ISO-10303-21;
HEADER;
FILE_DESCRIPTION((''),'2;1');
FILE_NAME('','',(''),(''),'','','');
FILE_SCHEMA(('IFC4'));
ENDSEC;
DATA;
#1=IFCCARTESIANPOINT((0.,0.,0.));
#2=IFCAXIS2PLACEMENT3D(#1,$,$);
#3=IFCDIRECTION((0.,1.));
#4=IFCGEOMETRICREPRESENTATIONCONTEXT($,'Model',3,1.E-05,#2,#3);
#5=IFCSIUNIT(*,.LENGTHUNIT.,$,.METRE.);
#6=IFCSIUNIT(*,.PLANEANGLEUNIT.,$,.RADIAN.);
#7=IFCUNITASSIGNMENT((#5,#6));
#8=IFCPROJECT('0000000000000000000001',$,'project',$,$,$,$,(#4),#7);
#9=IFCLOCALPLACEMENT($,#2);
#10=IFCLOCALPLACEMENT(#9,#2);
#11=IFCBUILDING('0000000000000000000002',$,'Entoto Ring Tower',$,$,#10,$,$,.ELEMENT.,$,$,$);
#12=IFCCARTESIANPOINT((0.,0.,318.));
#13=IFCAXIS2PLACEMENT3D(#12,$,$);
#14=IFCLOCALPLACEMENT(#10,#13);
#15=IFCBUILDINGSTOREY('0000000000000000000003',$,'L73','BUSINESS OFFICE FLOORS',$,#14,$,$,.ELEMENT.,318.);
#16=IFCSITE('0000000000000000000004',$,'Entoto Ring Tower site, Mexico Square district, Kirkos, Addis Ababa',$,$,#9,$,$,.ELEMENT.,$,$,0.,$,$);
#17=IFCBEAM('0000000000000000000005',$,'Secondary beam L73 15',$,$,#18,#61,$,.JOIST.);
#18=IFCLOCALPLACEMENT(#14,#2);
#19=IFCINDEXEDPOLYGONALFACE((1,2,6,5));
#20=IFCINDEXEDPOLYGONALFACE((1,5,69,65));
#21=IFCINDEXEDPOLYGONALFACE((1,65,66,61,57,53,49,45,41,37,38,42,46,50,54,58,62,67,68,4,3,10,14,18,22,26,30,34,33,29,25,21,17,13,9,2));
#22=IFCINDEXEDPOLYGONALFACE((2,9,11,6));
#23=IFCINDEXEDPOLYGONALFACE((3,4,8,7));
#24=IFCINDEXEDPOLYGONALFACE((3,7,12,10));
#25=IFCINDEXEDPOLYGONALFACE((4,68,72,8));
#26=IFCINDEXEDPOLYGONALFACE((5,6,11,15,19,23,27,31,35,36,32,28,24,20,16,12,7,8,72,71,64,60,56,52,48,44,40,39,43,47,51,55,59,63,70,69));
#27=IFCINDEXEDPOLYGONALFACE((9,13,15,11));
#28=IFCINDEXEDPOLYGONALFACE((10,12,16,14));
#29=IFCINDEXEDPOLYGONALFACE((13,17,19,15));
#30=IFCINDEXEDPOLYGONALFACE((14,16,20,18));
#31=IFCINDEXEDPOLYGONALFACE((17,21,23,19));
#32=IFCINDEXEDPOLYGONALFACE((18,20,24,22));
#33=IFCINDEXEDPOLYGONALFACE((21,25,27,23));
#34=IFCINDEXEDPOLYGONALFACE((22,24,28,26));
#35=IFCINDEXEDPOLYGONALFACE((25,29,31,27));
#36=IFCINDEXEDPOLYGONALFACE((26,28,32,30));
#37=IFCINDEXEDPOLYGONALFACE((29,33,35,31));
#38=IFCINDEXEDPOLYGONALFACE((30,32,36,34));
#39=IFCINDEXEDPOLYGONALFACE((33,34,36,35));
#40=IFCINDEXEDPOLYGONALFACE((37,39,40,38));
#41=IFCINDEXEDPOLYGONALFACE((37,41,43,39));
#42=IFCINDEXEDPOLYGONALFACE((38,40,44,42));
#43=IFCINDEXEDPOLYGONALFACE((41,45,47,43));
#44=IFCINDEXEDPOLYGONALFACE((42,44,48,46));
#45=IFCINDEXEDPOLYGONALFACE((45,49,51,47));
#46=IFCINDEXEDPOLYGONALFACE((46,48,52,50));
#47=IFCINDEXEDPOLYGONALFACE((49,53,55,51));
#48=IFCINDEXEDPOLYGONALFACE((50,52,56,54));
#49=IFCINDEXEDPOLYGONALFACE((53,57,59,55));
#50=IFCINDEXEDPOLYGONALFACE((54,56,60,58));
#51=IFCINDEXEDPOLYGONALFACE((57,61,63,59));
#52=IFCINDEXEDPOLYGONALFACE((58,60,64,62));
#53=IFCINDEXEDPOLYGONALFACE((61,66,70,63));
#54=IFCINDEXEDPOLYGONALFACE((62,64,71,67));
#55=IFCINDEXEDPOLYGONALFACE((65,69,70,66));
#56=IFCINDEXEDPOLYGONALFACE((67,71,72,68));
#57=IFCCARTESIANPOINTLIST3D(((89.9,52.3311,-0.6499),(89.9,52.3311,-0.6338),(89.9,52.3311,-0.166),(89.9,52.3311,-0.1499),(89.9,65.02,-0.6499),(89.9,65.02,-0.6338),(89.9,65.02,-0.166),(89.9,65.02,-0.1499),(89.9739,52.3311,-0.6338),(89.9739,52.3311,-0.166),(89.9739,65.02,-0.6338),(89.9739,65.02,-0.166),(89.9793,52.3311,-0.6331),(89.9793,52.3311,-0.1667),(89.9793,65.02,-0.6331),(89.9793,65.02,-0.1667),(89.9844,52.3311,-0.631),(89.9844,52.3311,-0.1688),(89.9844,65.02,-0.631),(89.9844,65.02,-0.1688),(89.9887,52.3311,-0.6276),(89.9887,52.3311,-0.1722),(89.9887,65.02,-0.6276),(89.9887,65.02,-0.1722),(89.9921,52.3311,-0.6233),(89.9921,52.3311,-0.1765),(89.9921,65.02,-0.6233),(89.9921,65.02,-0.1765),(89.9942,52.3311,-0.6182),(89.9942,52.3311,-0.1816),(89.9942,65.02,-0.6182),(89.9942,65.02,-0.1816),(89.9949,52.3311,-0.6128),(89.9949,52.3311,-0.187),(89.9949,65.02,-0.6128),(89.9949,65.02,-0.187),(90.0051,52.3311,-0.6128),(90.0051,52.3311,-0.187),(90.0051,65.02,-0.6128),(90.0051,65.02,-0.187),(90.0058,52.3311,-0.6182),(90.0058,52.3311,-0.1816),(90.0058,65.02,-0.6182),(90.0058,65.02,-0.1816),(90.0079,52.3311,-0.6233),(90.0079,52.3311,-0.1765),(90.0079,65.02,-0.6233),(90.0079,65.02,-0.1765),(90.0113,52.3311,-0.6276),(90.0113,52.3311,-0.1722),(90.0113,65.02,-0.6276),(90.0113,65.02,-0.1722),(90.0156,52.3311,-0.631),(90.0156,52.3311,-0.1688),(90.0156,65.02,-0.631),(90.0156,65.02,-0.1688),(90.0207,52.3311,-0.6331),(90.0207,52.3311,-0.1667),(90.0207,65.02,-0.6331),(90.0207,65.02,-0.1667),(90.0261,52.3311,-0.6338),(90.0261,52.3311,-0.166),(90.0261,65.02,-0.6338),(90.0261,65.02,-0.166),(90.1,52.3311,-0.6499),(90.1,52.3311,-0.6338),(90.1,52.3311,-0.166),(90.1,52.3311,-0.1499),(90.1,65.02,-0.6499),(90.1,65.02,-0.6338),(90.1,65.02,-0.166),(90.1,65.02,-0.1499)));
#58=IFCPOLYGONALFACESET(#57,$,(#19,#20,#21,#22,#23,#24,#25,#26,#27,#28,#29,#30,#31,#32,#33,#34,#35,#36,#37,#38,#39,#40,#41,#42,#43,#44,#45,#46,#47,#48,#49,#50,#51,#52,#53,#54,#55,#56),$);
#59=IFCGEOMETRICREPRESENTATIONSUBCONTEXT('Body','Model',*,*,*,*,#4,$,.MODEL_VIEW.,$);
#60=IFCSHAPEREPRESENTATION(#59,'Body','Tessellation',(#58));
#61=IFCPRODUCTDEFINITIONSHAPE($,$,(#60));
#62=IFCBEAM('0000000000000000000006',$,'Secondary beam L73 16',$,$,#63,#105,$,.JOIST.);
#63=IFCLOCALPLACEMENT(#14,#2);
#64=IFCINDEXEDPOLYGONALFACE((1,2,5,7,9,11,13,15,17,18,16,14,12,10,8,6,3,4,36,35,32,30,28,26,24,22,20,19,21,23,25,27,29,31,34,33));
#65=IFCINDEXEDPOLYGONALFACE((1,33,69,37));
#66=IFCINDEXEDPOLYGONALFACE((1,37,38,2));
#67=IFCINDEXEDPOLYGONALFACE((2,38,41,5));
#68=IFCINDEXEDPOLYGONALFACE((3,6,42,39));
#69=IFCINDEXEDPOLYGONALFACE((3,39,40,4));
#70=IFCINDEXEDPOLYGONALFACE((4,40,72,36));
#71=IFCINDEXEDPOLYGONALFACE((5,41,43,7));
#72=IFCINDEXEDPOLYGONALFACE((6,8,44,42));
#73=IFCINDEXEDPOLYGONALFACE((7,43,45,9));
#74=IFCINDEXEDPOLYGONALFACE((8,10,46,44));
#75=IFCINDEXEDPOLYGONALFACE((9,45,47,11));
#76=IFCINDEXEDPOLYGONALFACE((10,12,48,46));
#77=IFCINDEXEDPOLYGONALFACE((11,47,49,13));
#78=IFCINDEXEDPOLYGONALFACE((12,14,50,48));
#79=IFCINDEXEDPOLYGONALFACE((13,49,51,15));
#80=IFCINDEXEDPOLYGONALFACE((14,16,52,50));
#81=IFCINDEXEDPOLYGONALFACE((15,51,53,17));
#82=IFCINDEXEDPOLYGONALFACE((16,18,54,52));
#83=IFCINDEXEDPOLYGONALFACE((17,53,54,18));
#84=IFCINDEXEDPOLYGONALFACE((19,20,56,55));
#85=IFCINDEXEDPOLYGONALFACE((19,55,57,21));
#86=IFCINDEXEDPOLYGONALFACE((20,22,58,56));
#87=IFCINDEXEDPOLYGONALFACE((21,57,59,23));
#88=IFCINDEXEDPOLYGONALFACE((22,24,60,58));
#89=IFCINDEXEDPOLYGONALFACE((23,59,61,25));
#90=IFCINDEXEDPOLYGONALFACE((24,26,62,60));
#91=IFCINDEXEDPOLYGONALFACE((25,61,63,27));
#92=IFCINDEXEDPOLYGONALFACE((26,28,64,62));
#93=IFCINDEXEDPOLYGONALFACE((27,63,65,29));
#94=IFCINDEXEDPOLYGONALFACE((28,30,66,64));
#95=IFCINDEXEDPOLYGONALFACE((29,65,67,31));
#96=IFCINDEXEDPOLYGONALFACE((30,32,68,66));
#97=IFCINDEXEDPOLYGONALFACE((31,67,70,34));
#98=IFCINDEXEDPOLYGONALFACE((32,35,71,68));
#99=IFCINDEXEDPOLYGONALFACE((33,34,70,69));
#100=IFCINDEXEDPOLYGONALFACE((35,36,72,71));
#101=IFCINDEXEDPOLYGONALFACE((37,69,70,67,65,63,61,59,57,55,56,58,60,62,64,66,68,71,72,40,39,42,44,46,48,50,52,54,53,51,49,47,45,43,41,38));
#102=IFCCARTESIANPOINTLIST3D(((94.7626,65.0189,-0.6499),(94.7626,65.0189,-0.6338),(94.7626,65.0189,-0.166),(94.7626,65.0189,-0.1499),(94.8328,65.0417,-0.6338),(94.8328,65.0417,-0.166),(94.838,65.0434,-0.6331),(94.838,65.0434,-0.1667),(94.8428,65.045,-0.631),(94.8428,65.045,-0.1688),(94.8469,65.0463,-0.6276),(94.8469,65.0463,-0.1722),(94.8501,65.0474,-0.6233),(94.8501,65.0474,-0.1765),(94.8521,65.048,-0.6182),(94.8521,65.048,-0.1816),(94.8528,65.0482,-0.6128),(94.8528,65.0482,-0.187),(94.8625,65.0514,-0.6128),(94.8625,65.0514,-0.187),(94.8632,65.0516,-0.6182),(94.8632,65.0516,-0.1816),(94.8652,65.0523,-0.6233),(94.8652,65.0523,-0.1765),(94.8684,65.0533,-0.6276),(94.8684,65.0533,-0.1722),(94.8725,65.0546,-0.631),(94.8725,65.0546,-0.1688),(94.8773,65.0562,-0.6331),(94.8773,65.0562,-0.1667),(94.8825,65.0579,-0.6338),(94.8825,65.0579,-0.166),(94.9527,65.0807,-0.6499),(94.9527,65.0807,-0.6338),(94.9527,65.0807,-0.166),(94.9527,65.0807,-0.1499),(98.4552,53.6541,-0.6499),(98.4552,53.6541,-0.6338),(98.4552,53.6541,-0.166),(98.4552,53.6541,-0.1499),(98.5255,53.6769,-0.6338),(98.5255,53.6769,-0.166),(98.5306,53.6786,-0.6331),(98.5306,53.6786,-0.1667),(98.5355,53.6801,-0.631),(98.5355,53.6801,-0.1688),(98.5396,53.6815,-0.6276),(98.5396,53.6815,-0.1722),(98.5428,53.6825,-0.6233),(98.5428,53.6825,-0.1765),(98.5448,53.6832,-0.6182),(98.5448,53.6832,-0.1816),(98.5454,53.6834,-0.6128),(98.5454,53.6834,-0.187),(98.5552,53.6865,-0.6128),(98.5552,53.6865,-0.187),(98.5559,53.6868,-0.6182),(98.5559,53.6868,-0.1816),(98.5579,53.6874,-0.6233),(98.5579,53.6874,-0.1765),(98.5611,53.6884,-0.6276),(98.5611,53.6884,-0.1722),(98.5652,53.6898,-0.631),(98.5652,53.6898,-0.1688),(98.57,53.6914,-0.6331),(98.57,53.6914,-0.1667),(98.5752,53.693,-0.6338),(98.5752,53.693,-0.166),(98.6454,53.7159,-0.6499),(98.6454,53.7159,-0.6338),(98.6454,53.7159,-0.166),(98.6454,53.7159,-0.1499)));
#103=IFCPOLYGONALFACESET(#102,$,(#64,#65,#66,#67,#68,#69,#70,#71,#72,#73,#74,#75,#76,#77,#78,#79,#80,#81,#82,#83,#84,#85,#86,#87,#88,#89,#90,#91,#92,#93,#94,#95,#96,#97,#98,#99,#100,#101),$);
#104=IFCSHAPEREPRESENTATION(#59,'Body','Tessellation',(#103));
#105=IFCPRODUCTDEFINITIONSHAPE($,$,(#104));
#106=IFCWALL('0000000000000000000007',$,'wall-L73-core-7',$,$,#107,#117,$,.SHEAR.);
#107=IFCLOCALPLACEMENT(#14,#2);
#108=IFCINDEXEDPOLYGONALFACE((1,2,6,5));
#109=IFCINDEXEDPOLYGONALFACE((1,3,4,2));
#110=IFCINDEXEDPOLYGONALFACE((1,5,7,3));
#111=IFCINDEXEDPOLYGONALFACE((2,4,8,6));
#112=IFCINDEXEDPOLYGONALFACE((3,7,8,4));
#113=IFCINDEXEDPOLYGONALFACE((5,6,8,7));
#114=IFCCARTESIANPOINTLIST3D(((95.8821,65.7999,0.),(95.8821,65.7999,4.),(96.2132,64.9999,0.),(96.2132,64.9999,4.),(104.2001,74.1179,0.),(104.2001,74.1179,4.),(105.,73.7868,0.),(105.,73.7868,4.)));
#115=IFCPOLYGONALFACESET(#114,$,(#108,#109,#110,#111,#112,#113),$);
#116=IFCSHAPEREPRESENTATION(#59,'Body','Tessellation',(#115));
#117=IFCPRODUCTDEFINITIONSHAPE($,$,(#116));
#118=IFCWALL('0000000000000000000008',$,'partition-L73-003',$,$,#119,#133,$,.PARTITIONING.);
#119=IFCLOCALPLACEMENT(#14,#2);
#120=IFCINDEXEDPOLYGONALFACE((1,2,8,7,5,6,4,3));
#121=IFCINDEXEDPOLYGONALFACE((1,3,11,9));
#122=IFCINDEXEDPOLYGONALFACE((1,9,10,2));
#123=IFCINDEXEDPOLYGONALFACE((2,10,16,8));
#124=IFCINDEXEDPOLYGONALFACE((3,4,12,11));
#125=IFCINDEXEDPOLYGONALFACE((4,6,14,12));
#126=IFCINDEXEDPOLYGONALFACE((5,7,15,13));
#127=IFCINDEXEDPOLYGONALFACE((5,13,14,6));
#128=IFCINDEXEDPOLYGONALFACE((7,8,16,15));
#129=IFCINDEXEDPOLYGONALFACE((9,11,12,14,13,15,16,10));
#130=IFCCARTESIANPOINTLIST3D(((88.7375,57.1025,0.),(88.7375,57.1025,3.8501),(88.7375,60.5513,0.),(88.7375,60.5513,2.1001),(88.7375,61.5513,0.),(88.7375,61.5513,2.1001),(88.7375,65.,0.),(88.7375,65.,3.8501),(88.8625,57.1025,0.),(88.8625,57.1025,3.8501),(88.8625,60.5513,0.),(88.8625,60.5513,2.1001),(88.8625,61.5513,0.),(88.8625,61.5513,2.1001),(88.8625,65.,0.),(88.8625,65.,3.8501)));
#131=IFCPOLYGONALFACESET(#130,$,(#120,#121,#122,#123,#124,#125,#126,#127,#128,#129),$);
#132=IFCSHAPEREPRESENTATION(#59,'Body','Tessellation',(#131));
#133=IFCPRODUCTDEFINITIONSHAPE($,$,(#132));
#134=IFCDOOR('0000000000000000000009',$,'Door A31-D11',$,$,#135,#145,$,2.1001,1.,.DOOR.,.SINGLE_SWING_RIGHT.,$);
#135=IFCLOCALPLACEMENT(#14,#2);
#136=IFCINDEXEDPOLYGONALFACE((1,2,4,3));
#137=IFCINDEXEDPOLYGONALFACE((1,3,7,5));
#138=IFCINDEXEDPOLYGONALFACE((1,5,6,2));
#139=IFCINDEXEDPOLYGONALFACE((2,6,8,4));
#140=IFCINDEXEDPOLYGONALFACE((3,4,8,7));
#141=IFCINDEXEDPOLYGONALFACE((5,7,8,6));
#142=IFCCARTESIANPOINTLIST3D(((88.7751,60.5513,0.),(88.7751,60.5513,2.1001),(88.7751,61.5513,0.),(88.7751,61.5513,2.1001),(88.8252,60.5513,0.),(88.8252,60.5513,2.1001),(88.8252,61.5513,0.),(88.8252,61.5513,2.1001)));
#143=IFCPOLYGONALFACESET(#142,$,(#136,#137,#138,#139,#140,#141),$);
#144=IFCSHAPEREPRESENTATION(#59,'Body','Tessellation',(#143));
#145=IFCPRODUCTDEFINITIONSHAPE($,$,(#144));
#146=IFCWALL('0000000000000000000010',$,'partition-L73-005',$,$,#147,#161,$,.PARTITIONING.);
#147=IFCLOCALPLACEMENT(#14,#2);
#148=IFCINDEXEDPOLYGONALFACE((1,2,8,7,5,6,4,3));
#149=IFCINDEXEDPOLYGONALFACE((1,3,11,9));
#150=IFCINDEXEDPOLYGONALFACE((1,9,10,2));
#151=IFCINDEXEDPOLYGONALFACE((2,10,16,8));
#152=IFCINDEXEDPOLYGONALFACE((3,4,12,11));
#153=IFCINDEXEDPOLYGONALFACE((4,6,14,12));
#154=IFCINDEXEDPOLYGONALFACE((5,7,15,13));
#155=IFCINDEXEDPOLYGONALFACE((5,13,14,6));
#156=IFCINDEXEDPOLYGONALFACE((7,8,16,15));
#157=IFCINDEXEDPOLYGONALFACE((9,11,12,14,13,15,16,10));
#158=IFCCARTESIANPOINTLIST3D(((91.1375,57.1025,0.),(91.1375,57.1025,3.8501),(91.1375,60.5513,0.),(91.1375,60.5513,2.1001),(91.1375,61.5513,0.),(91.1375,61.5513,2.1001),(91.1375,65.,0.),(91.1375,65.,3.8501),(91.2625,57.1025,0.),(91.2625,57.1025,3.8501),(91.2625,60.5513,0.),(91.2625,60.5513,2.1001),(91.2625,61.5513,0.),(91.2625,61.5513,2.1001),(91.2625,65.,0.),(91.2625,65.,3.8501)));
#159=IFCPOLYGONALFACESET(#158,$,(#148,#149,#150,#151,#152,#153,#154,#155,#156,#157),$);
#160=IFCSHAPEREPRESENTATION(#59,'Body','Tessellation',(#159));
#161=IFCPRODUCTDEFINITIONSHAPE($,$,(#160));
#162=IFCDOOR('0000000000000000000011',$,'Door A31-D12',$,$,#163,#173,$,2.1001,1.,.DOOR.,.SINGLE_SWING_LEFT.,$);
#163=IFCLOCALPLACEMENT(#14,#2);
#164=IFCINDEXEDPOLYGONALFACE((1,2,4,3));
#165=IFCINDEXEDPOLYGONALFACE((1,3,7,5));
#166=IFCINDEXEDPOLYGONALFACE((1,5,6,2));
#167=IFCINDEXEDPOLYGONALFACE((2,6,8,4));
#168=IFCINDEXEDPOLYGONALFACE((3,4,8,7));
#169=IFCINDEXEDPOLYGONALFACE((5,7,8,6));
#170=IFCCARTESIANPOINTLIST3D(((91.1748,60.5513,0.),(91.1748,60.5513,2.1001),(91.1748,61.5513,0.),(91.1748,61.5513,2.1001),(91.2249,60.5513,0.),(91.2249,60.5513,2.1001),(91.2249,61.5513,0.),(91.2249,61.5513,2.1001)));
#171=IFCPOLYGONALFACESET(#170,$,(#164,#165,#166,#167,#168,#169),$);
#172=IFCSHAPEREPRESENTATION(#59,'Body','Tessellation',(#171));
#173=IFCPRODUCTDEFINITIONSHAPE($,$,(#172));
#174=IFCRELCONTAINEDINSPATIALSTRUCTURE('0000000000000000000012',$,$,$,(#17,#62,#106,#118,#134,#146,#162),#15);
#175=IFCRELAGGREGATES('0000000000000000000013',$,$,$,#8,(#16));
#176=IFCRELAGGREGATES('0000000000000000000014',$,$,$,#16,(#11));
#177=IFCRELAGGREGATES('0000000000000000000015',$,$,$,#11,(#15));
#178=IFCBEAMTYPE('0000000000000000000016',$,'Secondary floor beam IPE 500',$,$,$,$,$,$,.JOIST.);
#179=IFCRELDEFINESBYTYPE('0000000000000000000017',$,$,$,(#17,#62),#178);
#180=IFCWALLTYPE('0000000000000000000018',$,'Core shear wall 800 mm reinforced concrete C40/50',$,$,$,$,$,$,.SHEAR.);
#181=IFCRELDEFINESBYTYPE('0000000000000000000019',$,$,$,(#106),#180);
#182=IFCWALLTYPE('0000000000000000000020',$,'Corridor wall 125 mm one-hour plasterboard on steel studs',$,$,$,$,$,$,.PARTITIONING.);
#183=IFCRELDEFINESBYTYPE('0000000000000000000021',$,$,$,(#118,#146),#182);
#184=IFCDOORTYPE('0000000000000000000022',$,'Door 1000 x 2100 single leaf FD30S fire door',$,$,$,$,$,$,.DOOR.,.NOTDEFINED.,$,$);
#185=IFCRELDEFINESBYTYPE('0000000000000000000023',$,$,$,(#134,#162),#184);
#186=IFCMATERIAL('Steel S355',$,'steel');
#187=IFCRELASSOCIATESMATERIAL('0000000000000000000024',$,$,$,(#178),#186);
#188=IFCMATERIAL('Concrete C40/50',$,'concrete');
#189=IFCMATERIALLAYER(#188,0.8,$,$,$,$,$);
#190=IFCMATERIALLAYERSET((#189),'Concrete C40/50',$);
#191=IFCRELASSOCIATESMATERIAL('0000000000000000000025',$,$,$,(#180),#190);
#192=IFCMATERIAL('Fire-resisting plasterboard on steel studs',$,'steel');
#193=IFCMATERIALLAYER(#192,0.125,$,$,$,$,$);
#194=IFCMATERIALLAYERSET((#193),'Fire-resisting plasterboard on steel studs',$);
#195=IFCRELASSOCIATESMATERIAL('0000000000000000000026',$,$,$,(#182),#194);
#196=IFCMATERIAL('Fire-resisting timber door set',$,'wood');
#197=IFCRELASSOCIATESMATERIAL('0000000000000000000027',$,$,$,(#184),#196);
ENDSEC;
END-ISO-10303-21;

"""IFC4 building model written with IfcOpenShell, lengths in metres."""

from ifc_helpers import new_model, si_unit, direction, frame, frame_2d, origin, origin_2d, place, context, subcontext, project, spatial, polyline, rectangle, i_section, outline, extrude, material, layer, layer_set, material_profile, profile_set, type_object, element, fill, save


model = new_model("IFC4")

# Units and contexts
model_context = context("Model", 3, precision=1e-05, world=origin(), true_north=direction((0.0, 1.0)))
body_context = subcontext(model_context, "Body", "Model", "MODEL_VIEW")
ifc_project = project(units=[si_unit("LENGTHUNIT", "METRE"), si_unit("PLANEANGLEUNIT", "RADIAN")], contexts=[model_context])

# Site, building, storey
site_placement = place(None, origin())
site = spatial("IfcSite", under=ifc_project, at=site_placement, Name="Entoto Ring Tower site, Mexico Square district, Kirkos, Addis Ababa", CompositionType="ELEMENT", RefElevation=0.0)
building_placement = place(site_placement, origin())
building = spatial("IfcBuilding", under=site, at=building_placement, Name="Entoto Ring Tower", CompositionType="ELEMENT")
storey_placement = place(building_placement, frame((0.0, 0.0, 318.0)))
storey = spatial("IfcBuildingStorey", under=building, at=storey_placement, Name="L73", Description="BUSINESS OFFICE FLOORS", CompositionType="ELEMENT", Elevation=318.0)

# Beams
ifc_material_1 = material(Name="Steel S355", Category="steel")
ifc_material_profile_1 = material_profile(ifc_material_1, i_section(OverallWidth=0.2, OverallDepth=0.5, WebThickness=0.0103, FlangeThickness=0.0161, FilletRadius=0.021, at=origin_2d()), Name="IPE 500")
ifc_profile_set_1 = profile_set([ifc_material_profile_1], Name="Steel S355")
beam_type_1 = type_object("IfcBeamType", Name="Secondary floor beam IPE 500", PredefinedType="JOIST", material=ifc_profile_set_1)
beam_1_placement = place(storey_placement, frame((90.0, 65.02, -0.3999), z_axis=(0.0, -1.0, 0.0), x_axis=(1.0, 0.0, 0.0)))
element("IfcBeam", 1, at=beam_1_placement, inside=storey, type_object=beam_type_1, Name="Secondary beam L73 15", PredefinedType="JOIST", context=body_context, shape_type="SweptSolid", body=[
    extrude(i_section(OverallWidth=0.2, OverallDepth=0.5, WebThickness=0.0103, FlangeThickness=0.0161, FilletRadius=0.021, at=origin_2d()), origin(), (0.0, 0.0, 1.0), 12.689),
])
beam_2_placement = place(storey_placement, frame((94.8577, 65.0498, -0.3999), z_axis=(0.309017, -0.951057, 0.0), x_axis=(0.951057, 0.309017, 0.0)))
element("IfcBeam", 2, at=beam_2_placement, inside=storey, type_object=beam_type_1, Name="Secondary beam L73 16", PredefinedType="JOIST", context=body_context, shape_type="SweptSolid", body=[
    extrude(i_section(OverallWidth=0.2, OverallDepth=0.5, WebThickness=0.0103, FlangeThickness=0.0161, FilletRadius=0.021, at=origin_2d()), origin(), (0.0, 0.0, 1.0), 11.9497),
])

# Wall
ifc_material_2 = material(Name="Concrete C40/50", Category="concrete")
ifc_layer_1 = layer(ifc_material_2, 0.8)
ifc_layer_set_1 = layer_set([ifc_layer_1], Name="Concrete C40/50")
wall_type_1 = type_object("IfcWallType", Name="Core shear wall 800 mm reinforced concrete C40/50", PredefinedType="SHEAR", material=ifc_layer_set_1)
wall_1_placement = place(storey_placement, frame((96.0476, 65.3999, 0.0), z_axis=(0.0, 0.0, 1.0), x_axis=(0.707107, 0.707107, 0.0)))
element("IfcWall", 3, at=wall_1_placement, inside=storey, type_object=wall_type_1, Name="wall-L73-core-7", PredefinedType="SHEAR", context=body_context, shape_type="SweptSolid", body=[
    extrude(outline(polyline([(-0.1658, -0.3999), (12.2607, -0.3999), (11.9292, 0.3999), (0.1658, 0.3999), (-0.1658, -0.3999)])), origin(), (0.0, 0.0, 1.0), 4.0),
])

# Walls, openings, doors
ifc_material_3 = material(Name="Fire-resisting plasterboard on steel studs", Category="steel")
ifc_layer_2 = layer(ifc_material_3, 0.125)
ifc_layer_set_2 = layer_set([ifc_layer_2], Name="Fire-resisting plasterboard on steel studs")
wall_type_2 = type_object("IfcWallType", Name="Corridor wall 125 mm one-hour plasterboard on steel studs", PredefinedType="PARTITIONING", material=ifc_layer_set_2)
wall_2_placement = place(storey_placement, frame((88.8, 57.1025, 0.0), z_axis=(0.0, 0.0, 1.0), x_axis=(0.0, 1.0, 0.0)))
wall_2 = element("IfcWall", 4, at=wall_2_placement, inside=storey, type_object=wall_type_2, Name="partition-L73-003", PredefinedType="PARTITIONING", context=body_context, shape_type="SweptSolid", body=[
    extrude(rectangle(XDim=7.8975, YDim=0.125, at=frame_2d((3.9487, 0.0))), origin(), (0.0, 0.0, 1.0), 3.8501),
])
opening_1_placement = place(wall_2_placement, frame((3.4487, 0.0, 0.0)))
opening_1 = element("IfcOpeningElement", 5, at=opening_1_placement, cuts=wall_2, PredefinedType="OPENING", context=body_context, shape_type="SweptSolid", body=[
    extrude(rectangle(XDim=1.0, YDim=2.1001, at=frame_2d((0.5, 1.05))), frame((0.0, 0.0725, 0.0), z_axis=(0.0, -1.0, 0.0), x_axis=(1.0, 0.0, 0.0)), (0.0, 0.0, 1.0), 0.145),
])
ifc_material_4 = material(Name="Fire-resisting timber door set", Category="wood")
door_type = type_object("IfcDoorType", Name="Door 1000 x 2100 single leaf FD30S fire door", OperationType="NOTDEFINED", PredefinedType="DOOR", material=ifc_material_4)
door_1_placement = place(opening_1_placement, origin())
door_1 = element("IfcDoor", 6, at=door_1_placement, inside=storey, type_object=door_type, Name="Door A31-D11", OperationType="SINGLE_SWING_RIGHT", OverallHeight=2.1001, OverallWidth=1.0, PredefinedType="DOOR", context=body_context, shape_type="SweptSolid", body=[
    extrude(rectangle(XDim=1.0, YDim=2.1001, at=frame_2d((0.5, 1.05))), frame((0.0, 0.0249, 0.0), z_axis=(0.0, -1.0, 0.0), x_axis=(1.0, 0.0, 0.0)), (0.0, 0.0, 1.0), 0.05),
])
fill(opening_1, door_1)
wall_3_placement = place(storey_placement, frame((91.2, 57.1025, 0.0), z_axis=(0.0, 0.0, 1.0), x_axis=(0.0, 1.0, 0.0)))
wall_3 = element("IfcWall", 7, at=wall_3_placement, inside=storey, type_object=wall_type_2, Name="partition-L73-005", PredefinedType="PARTITIONING", context=body_context, shape_type="SweptSolid", body=[
    extrude(rectangle(XDim=7.8975, YDim=0.125, at=frame_2d((3.9487, 0.0))), origin(), (0.0, 0.0, 1.0), 3.8501),
])
opening_2_placement = place(wall_3_placement, frame((3.4487, 0.0, 0.0)))
opening_2 = element("IfcOpeningElement", 8, at=opening_2_placement, cuts=wall_3, PredefinedType="OPENING", context=body_context, shape_type="SweptSolid", body=[
    extrude(rectangle(XDim=1.0, YDim=2.1001, at=frame_2d((0.5, 1.05))), frame((0.0, 0.0725, 0.0), z_axis=(0.0, -1.0, 0.0), x_axis=(1.0, 0.0, 0.0)), (0.0, 0.0, 1.0), 0.145),
])
door_2_placement = place(opening_2_placement, frame((1.0, 0.0, 0.0), z_axis=(0.0, 0.0, 1.0), x_axis=(-1.0, 0.0, 0.0)))
door_2 = element("IfcDoor", 9, at=door_2_placement, inside=storey, type_object=door_type, Name="Door A31-D12", OperationType="SINGLE_SWING_LEFT", OverallHeight=2.1001, OverallWidth=1.0, PredefinedType="DOOR", context=body_context, shape_type="SweptSolid", body=[
    extrude(rectangle(XDim=1.0, YDim=2.1001, at=frame_2d((0.5, 1.05))), frame((0.0, 0.0249, 0.0), z_axis=(0.0, -1.0, 0.0), x_axis=(1.0, 0.0, 0.0)), (0.0, 0.0, 1.0), 0.05),
])
fill(opening_2, door_2)

save(model, "model.ifc")
